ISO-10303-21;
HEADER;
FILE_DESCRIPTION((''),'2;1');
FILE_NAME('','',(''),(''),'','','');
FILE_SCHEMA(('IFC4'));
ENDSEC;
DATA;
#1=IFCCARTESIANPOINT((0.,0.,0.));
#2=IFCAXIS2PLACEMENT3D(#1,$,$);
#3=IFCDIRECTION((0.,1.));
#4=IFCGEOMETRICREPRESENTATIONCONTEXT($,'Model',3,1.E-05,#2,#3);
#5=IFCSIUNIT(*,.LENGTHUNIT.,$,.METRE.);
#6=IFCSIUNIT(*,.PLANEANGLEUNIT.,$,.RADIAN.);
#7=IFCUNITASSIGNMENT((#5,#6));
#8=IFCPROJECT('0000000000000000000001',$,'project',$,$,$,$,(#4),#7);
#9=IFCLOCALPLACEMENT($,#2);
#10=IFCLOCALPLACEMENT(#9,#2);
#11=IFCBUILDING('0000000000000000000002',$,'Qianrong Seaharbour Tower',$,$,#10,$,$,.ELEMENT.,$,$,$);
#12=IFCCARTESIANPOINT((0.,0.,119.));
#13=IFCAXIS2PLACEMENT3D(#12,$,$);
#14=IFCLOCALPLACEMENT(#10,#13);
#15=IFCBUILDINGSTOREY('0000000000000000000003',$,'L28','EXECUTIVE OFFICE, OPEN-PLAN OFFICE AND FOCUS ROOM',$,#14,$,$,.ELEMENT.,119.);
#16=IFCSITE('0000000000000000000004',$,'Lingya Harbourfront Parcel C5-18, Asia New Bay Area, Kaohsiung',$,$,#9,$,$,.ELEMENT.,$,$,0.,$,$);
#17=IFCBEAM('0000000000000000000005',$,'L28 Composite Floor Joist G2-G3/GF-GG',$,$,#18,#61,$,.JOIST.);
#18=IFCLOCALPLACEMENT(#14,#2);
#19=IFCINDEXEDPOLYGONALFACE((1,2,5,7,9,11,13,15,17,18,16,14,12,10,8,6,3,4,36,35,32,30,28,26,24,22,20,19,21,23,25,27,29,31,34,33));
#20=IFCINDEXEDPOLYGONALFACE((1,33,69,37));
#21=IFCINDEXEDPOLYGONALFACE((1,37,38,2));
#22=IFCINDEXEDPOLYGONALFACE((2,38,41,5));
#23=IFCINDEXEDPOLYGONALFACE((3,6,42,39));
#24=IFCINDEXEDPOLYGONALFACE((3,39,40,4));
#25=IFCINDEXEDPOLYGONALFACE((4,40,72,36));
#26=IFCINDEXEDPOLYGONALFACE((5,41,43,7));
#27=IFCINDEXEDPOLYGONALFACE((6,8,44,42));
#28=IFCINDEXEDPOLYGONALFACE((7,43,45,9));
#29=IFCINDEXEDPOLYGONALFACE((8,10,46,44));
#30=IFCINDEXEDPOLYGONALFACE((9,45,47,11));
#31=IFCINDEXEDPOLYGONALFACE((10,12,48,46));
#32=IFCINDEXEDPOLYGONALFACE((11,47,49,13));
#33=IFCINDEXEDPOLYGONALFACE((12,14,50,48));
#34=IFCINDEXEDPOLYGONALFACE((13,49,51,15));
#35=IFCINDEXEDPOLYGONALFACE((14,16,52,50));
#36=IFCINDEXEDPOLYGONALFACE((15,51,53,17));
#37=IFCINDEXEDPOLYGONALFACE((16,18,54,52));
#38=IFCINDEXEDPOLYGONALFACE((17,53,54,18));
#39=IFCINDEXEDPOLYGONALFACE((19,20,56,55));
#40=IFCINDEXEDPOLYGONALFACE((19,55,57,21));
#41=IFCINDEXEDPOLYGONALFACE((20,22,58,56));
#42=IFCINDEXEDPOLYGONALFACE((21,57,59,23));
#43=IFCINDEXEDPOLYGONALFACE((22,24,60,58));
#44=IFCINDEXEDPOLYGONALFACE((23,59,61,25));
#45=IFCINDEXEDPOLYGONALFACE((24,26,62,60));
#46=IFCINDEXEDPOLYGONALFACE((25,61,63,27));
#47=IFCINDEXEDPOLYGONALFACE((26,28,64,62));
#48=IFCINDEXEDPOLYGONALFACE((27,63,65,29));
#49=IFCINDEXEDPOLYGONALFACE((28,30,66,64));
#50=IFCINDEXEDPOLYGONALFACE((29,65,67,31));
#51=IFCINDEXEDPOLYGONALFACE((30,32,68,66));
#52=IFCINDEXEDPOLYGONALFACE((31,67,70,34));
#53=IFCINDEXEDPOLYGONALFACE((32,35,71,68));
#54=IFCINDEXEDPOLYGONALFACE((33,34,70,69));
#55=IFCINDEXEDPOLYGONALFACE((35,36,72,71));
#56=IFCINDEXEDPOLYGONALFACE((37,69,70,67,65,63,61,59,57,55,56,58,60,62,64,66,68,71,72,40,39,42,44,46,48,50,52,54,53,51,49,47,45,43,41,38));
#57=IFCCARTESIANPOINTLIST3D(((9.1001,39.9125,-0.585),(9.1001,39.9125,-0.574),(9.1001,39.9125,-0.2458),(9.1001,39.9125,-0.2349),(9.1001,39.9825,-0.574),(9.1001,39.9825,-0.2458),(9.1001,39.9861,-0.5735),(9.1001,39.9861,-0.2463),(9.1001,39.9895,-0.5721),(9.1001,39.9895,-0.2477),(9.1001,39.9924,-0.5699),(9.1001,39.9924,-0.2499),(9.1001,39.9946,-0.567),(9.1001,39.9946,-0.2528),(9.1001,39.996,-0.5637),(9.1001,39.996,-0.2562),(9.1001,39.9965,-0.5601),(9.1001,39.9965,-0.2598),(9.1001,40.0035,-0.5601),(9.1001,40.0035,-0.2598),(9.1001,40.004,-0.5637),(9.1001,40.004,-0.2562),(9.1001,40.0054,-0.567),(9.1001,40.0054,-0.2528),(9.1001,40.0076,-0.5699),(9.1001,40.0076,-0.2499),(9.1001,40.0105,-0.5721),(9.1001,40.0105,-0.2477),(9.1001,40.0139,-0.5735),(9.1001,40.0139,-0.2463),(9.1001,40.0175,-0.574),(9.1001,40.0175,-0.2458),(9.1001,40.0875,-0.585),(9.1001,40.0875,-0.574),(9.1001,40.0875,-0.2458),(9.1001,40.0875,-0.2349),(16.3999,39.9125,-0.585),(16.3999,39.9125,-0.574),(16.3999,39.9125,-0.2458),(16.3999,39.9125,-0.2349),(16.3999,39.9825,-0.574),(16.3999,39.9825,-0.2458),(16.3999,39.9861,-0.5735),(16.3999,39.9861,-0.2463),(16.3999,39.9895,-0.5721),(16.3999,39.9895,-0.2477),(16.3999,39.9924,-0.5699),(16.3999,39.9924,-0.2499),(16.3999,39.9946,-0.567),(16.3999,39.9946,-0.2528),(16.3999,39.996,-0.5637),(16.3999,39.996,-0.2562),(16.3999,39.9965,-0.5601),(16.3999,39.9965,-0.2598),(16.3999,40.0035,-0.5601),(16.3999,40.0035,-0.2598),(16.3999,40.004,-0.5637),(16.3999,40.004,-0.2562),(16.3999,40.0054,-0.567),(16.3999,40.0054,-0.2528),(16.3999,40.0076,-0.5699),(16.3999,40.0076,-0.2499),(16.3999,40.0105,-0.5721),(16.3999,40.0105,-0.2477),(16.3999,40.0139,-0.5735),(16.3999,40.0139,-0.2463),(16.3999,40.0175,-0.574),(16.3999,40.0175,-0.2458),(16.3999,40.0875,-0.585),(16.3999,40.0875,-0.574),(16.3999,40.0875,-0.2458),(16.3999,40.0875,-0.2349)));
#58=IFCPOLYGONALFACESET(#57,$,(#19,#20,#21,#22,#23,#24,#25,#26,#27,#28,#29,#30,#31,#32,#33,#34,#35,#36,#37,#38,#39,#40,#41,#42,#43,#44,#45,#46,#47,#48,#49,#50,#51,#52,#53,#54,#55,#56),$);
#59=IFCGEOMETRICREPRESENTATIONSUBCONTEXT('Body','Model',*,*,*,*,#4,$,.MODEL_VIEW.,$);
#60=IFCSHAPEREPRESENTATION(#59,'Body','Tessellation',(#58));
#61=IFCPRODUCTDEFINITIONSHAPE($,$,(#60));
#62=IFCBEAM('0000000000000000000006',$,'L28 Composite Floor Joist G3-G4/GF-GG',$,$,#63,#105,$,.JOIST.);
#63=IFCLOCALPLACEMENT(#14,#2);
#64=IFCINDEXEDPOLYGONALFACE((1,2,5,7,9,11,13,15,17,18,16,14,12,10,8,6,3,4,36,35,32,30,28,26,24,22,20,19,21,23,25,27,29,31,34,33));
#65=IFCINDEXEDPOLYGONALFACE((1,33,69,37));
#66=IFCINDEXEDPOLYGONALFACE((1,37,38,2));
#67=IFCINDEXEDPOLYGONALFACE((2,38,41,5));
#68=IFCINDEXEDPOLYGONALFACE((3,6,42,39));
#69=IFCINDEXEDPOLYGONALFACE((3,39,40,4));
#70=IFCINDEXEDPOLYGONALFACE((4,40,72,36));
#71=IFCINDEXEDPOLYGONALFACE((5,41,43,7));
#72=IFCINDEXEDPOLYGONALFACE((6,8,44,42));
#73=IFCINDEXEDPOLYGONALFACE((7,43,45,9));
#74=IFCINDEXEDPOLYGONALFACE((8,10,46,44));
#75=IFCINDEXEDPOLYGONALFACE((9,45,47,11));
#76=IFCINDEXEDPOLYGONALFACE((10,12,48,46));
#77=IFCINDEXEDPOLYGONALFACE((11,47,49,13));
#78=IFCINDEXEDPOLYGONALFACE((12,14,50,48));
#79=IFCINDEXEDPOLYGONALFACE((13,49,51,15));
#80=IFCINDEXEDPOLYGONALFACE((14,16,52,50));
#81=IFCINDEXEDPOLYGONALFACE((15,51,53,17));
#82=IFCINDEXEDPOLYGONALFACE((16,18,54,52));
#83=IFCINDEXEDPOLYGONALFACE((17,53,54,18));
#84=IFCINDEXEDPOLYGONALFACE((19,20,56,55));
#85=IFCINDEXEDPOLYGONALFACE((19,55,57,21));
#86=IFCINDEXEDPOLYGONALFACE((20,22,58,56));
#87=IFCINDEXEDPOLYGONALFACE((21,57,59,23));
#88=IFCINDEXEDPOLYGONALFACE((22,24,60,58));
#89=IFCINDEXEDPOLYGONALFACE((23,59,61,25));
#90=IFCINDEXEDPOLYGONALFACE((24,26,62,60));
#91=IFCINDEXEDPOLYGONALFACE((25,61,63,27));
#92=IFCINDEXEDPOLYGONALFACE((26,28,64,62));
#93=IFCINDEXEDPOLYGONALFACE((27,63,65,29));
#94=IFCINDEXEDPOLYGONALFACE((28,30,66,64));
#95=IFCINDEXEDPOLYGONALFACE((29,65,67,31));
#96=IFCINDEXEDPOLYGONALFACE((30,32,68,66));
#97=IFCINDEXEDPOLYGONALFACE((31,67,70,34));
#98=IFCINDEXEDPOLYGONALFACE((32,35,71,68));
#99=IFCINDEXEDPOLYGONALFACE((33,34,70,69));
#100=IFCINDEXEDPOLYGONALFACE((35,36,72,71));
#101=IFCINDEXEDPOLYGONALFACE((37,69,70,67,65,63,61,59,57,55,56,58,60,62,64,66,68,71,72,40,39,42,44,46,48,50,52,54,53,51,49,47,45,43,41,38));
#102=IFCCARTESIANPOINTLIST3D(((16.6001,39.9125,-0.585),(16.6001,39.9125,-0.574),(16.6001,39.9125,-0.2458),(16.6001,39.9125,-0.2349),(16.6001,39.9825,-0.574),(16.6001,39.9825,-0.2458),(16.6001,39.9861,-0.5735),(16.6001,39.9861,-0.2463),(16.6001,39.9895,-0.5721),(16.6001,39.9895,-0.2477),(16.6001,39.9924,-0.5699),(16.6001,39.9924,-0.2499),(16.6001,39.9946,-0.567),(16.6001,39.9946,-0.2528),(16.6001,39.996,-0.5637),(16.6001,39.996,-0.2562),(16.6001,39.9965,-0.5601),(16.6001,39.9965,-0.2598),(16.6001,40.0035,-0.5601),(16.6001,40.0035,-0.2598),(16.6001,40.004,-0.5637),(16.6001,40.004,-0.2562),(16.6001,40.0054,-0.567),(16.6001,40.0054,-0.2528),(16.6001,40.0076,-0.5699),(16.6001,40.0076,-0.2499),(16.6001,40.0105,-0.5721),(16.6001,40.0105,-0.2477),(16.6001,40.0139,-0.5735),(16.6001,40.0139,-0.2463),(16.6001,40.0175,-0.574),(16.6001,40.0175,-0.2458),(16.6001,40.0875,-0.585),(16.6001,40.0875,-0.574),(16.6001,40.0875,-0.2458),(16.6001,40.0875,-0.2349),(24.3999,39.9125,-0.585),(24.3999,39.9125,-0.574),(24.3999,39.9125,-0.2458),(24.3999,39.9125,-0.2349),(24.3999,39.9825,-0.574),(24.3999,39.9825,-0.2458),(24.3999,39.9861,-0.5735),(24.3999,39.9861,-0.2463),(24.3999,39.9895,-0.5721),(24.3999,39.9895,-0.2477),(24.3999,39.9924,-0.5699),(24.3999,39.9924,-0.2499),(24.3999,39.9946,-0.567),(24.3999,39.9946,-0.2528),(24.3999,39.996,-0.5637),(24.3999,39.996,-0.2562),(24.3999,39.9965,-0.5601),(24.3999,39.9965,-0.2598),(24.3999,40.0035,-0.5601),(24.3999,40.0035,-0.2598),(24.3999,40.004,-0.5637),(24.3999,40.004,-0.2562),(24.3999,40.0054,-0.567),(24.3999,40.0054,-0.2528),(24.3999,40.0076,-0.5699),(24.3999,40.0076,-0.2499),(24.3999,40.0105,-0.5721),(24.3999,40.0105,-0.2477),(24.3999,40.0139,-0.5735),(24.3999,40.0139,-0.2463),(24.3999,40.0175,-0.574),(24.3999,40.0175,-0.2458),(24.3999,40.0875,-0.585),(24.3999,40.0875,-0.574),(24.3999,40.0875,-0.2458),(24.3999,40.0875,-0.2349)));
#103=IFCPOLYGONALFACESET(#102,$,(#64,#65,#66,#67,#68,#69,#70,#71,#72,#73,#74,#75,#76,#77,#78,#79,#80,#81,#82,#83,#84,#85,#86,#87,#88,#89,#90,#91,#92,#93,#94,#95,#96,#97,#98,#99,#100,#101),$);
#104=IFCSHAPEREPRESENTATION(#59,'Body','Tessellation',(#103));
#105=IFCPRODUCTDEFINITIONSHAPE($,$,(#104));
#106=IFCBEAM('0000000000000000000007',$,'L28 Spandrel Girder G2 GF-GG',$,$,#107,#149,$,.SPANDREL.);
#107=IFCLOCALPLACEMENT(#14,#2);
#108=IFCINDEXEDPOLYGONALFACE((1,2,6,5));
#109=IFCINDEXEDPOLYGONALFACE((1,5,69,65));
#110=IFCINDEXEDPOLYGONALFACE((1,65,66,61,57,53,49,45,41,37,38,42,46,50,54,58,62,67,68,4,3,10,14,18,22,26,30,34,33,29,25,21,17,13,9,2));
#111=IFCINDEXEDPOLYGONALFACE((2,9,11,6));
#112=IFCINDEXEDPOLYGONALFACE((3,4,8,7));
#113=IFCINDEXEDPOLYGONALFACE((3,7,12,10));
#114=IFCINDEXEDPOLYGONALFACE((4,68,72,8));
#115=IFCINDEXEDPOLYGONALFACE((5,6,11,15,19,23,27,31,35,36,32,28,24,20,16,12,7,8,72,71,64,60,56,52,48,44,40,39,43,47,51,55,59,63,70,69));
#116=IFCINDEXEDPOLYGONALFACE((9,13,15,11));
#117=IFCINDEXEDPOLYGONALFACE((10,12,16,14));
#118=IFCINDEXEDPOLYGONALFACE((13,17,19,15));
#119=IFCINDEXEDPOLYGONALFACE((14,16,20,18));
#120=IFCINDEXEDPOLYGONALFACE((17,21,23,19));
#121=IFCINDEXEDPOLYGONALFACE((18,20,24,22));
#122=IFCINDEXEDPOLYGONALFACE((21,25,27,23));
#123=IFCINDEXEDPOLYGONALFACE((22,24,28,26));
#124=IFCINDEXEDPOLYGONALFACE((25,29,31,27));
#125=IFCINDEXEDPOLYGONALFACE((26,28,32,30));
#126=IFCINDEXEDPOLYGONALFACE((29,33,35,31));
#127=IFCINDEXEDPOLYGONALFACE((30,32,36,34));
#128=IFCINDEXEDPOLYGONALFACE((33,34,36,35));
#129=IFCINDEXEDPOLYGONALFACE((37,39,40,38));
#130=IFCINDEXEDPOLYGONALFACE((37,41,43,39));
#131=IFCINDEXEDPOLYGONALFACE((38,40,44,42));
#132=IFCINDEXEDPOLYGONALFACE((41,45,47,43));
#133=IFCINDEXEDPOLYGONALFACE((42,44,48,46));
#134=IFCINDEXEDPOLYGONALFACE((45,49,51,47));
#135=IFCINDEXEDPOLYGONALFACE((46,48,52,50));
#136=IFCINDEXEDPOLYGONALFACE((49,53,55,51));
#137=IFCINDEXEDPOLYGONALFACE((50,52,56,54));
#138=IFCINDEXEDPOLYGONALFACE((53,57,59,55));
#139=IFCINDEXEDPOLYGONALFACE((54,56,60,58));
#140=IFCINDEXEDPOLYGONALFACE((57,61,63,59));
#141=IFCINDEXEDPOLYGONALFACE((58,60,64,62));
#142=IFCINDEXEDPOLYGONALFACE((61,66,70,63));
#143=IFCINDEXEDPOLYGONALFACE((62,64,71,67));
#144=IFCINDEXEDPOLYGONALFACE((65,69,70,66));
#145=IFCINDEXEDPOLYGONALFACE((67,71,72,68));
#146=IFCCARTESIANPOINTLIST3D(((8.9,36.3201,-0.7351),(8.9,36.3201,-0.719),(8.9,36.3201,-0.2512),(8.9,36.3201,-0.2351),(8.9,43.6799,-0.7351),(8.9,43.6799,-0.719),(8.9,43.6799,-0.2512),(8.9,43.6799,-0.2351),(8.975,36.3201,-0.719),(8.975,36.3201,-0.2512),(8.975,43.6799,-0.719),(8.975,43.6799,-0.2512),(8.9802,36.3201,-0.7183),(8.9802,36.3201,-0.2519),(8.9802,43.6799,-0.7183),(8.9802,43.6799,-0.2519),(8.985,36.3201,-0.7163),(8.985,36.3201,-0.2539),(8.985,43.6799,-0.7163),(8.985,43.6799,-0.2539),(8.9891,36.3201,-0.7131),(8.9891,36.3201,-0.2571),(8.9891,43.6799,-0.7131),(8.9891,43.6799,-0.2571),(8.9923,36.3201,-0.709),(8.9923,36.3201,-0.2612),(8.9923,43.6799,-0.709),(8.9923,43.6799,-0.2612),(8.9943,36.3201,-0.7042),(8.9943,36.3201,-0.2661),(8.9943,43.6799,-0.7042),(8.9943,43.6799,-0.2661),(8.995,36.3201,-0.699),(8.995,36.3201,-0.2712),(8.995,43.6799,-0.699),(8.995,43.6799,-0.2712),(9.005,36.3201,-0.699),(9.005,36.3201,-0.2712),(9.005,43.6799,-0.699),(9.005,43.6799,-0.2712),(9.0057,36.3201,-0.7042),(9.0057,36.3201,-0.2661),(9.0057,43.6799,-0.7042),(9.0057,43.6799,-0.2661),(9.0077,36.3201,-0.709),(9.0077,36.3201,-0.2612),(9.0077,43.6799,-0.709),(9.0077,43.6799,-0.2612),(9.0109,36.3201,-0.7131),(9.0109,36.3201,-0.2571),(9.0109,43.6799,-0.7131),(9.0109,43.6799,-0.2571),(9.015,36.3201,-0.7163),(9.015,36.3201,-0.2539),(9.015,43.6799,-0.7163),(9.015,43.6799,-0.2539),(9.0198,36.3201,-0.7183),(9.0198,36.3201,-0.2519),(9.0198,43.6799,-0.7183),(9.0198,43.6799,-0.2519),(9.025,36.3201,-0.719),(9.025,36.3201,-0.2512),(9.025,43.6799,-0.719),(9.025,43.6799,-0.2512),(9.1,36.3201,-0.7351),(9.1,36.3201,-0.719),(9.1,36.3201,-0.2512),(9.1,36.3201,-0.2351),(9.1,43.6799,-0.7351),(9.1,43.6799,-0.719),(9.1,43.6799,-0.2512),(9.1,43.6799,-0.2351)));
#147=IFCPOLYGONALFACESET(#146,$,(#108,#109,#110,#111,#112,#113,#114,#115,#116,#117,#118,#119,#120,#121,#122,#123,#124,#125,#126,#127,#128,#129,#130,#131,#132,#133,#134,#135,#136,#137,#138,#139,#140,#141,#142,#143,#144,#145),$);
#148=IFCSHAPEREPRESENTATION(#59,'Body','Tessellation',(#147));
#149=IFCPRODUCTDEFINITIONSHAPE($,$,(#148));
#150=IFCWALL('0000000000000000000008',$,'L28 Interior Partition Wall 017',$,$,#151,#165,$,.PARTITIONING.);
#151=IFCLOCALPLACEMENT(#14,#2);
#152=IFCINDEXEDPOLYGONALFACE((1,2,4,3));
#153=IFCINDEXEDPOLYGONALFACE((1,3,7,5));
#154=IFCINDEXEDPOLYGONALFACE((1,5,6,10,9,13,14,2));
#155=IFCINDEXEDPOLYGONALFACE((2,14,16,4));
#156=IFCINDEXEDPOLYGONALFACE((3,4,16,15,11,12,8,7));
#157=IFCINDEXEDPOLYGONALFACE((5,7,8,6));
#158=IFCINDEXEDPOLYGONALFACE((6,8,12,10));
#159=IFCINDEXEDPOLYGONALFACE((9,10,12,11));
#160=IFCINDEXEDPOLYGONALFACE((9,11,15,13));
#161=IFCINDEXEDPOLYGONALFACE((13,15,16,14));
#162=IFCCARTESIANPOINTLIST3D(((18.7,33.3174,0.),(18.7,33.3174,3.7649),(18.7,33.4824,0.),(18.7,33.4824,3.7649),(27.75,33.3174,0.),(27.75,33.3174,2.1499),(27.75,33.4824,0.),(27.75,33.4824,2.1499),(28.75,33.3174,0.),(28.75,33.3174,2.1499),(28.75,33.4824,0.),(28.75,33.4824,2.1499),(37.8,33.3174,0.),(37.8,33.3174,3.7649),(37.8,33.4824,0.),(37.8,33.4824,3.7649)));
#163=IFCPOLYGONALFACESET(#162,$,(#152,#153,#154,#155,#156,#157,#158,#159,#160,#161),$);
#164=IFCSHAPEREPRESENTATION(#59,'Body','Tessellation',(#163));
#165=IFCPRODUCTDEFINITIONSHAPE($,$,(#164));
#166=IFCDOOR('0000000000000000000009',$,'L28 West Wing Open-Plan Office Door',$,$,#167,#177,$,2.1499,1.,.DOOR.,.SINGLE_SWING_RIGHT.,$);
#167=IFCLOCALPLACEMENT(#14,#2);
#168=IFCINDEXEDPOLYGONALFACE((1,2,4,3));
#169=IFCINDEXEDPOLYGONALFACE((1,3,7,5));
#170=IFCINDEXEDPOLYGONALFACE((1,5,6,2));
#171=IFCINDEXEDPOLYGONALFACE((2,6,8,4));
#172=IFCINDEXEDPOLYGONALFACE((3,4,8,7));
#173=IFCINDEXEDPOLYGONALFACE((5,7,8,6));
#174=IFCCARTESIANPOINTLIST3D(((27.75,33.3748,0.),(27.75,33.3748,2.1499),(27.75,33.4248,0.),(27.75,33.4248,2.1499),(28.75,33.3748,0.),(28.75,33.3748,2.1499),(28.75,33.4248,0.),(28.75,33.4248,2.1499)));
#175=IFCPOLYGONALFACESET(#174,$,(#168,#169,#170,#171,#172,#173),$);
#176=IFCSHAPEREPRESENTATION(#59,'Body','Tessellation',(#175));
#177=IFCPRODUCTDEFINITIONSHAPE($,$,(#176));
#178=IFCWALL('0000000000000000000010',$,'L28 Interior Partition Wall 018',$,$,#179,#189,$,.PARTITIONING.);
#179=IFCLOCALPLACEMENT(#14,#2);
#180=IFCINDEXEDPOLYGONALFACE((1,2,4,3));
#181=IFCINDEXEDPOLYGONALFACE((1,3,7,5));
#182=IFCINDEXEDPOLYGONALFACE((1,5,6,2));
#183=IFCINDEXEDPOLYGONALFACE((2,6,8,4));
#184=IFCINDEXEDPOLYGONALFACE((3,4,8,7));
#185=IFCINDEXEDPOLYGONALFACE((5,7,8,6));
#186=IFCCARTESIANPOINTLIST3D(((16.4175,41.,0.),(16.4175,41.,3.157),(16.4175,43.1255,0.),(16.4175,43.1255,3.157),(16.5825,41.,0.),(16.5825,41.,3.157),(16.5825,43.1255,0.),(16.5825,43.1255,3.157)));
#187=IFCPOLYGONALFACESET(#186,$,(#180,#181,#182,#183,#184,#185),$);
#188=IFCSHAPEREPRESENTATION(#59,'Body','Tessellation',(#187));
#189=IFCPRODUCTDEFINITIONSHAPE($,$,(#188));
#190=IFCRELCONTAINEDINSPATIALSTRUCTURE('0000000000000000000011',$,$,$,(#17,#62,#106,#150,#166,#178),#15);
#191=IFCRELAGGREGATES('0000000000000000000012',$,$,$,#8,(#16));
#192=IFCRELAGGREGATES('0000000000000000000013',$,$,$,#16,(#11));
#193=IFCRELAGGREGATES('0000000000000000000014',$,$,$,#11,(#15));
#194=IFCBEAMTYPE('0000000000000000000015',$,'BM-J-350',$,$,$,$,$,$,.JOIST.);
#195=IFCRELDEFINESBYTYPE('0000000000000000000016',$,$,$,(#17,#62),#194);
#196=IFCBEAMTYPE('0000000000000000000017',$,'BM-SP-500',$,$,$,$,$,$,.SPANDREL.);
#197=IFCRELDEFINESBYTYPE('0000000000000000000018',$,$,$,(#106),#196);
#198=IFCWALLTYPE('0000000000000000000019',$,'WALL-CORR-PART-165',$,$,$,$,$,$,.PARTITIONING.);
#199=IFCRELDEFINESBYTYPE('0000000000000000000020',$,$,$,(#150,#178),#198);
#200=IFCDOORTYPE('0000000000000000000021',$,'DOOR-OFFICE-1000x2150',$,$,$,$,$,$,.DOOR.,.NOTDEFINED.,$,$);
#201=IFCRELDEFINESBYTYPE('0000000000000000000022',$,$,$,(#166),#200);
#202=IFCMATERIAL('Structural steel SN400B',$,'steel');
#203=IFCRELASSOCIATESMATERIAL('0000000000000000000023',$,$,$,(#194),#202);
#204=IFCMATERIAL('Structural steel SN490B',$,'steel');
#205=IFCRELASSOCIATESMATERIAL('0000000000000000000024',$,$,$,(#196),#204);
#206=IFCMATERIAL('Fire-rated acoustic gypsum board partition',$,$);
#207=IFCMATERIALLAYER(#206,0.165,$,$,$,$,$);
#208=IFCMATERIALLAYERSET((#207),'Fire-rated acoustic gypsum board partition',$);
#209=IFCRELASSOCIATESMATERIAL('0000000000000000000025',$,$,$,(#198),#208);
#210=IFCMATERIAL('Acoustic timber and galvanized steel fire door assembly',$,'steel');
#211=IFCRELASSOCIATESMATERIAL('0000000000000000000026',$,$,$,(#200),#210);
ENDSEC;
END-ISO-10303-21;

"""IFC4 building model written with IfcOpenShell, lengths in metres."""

from ifc_helpers import new_model, si_unit, direction, frame, frame_2d, origin, origin_2d, place, context, subcontext, project, spatial, rectangle, i_section, extrude, material, layer, layer_set, material_profile, profile_set, type_object, element, fill, save


model = new_model("IFC4")

# Units and contexts
model_context = context("Model", 3, precision=1e-05, world=origin(), true_north=direction((0.0, 1.0)))
body_context = subcontext(model_context, "Body", "Model", "MODEL_VIEW")
ifc_project = project(units=[si_unit("LENGTHUNIT", "METRE"), si_unit("PLANEANGLEUNIT", "RADIAN")], contexts=[model_context])

# Site, building, storey
site_placement = place(None, origin())
site = spatial("IfcSite", under=ifc_project, at=site_placement, Name="Lingya Harbourfront Parcel C5-18, Asia New Bay Area, Kaohsiung", CompositionType="ELEMENT", RefElevation=0.0)
building_placement = place(site_placement, origin())
building = spatial("IfcBuilding", under=site, at=building_placement, Name="Qianrong Seaharbour Tower", CompositionType="ELEMENT")
storey_placement = place(building_placement, frame((0.0, 0.0, 119.0)))
storey = spatial("IfcBuildingStorey", under=building, at=storey_placement, Name="L28", Description="EXECUTIVE OFFICE, OPEN-PLAN OFFICE AND FOCUS ROOM", CompositionType="ELEMENT", Elevation=119.0)

# Shared definitions
ifc_material_1 = material(Name="Structural steel SN490B", Category="steel")

# Beams
ifc_material_2 = material(Name="Structural steel SN400B", Category="steel")
ifc_material_profile_1 = material_profile(ifc_material_2, i_section(OverallWidth=0.175, OverallDepth=0.3501, WebThickness=0.0071, FlangeThickness=0.011, FilletRadius=0.0139, at=origin_2d()), Name="H350x175x7x11")
ifc_profile_set_1 = profile_set([ifc_material_profile_1], Name="Structural steel SN400B")
beam_type_1 = type_object("IfcBeamType", Name="BM-J-350", PredefinedType="JOIST", material=ifc_profile_set_1)
beam_1_placement = place(storey_placement, frame((9.1001, 40.0, -0.4099), z_axis=(1.0, 0.0, 0.0), x_axis=(0.0, 1.0, 0.0)))
element("IfcBeam", 1, at=beam_1_placement, inside=storey, type_object=beam_type_1, Name="L28 Composite Floor Joist G2-G3/GF-GG", PredefinedType="JOIST", context=body_context, shape_type="SweptSolid", body=[
    extrude(i_section(OverallWidth=0.175, OverallDepth=0.3501, WebThickness=0.0071, FlangeThickness=0.011, FilletRadius=0.0139, at=origin_2d()), origin(), (0.0, 0.0, 1.0), 7.2998),
])
beam_2_placement = place(storey_placement, frame((16.6001, 40.0, -0.4099), z_axis=(1.0, 0.0, 0.0), x_axis=(0.0, 1.0, 0.0)))
element("IfcBeam", 2, at=beam_2_placement, inside=storey, type_object=beam_type_1, Name="L28 Composite Floor Joist G3-G4/GF-GG", PredefinedType="JOIST", context=body_context, shape_type="SweptSolid", body=[
    extrude(i_section(OverallWidth=0.175, OverallDepth=0.3501, WebThickness=0.0071, FlangeThickness=0.011, FilletRadius=0.0139, at=origin_2d()), origin(), (0.0, 0.0, 1.0), 7.7998),
])
ifc_material_profile_2 = material_profile(ifc_material_1, i_section(OverallWidth=0.2, OverallDepth=0.5, WebThickness=0.01, FlangeThickness=0.0161, FilletRadius=0.02, at=origin_2d()), Name="H500x200x10x16")
ifc_profile_set_2 = profile_set([ifc_material_profile_2], Name="Structural steel SN490B")
beam_type_2 = type_object("IfcBeamType", Name="BM-SP-500", PredefinedType="SPANDREL", material=ifc_profile_set_2)
beam_3_placement = place(storey_placement, frame((9.0, 36.3201, -0.4851), z_axis=(0.0, 1.0, 0.0), x_axis=(-1.0, 0.0, 0.0)))
element("IfcBeam", 3, at=beam_3_placement, inside=storey, type_object=beam_type_2, Name="L28 Spandrel Girder G2 GF-GG", PredefinedType="SPANDREL", context=body_context, shape_type="SweptSolid", body=[
    extrude(i_section(OverallWidth=0.2, OverallDepth=0.5, WebThickness=0.01, FlangeThickness=0.0161, FilletRadius=0.02, at=origin_2d()), origin(), (0.0, 0.0, 1.0), 7.3599),
])

# Wall, opening, door
ifc_material_3 = material(Name="Fire-rated acoustic gypsum board partition")
ifc_layer_1 = layer(ifc_material_3, 0.165)
ifc_layer_set_1 = layer_set([ifc_layer_1], Name="Fire-rated acoustic gypsum board partition")
wall_type_1 = type_object("IfcWallType", Name="WALL-CORR-PART-165", PredefinedType="PARTITIONING", material=ifc_layer_set_1)
wall_1_placement = place(storey_placement, frame((18.7, 33.3999, 0.0), z_axis=(0.0, 0.0, 1.0), x_axis=(1.0, 0.0, 0.0)))
wall_1 = element("IfcWall", 4, at=wall_1_placement, inside=storey, type_object=wall_type_1, Name="L28 Interior Partition Wall 017", PredefinedType="PARTITIONING", context=body_context, shape_type="SweptSolid", body=[
    extrude(rectangle(XDim=19.1001, YDim=0.165, at=frame_2d((9.55, 0.0))), origin(), (0.0, 0.0, 1.0), 3.7649),
])
opening_1_placement = place(wall_1_placement, frame((9.05, 0.0, 0.0)))
opening_1 = element("IfcOpeningElement", 5, at=opening_1_placement, cuts=wall_1, PredefinedType="OPENING", context=body_context, shape_type="SweptSolid", body=[
    extrude(rectangle(XDim=1.0, YDim=2.1499, at=frame_2d((0.5, 1.075))), frame((0.0, 0.0925, 0.0), z_axis=(0.0, -1.0, 0.0), x_axis=(1.0, 0.0, 0.0)), (0.0, 0.0, 1.0), 0.1851),
])
ifc_material_4 = material(Name="Acoustic timber and galvanized steel fire door assembly", Category="steel")
door_type_1 = type_object("IfcDoorType", Name="DOOR-OFFICE-1000x2150", OperationType="NOTDEFINED", PredefinedType="DOOR", material=ifc_material_4)
door_1_placement = place(opening_1_placement, origin())
door_1 = element("IfcDoor", 6, at=door_1_placement, inside=storey, type_object=door_type_1, Name="L28 West Wing Open-Plan Office Door", OperationType="SINGLE_SWING_RIGHT", OverallHeight=2.1499, OverallWidth=1.0, PredefinedType="DOOR", context=body_context, shape_type="SweptSolid", body=[
    extrude(rectangle(XDim=1.0, YDim=2.1499, at=frame_2d((0.5, 1.075))), frame((0.0, 0.0249, 0.0), z_axis=(0.0, -1.0, 0.0), x_axis=(1.0, 0.0, 0.0)), (0.0, 0.0, 1.0), 0.05),
])
fill(opening_1, door_1)

# Wall
wall_2_placement = place(storey_placement, frame((16.5, 41.0, 0.0), z_axis=(0.0, 0.0, 1.0), x_axis=(0.0, 1.0, 0.0)))
element("IfcWall", 7, at=wall_2_placement, inside=storey, type_object=wall_type_1, Name="L28 Interior Partition Wall 018", PredefinedType="PARTITIONING", context=body_context, shape_type="SweptSolid", body=[
    extrude(rectangle(XDim=2.1255, YDim=0.165, at=frame_2d((1.0627, 0.0))), origin(), (0.0, 0.0, 1.0), 3.157),
])

save(model, "model.ifc")
